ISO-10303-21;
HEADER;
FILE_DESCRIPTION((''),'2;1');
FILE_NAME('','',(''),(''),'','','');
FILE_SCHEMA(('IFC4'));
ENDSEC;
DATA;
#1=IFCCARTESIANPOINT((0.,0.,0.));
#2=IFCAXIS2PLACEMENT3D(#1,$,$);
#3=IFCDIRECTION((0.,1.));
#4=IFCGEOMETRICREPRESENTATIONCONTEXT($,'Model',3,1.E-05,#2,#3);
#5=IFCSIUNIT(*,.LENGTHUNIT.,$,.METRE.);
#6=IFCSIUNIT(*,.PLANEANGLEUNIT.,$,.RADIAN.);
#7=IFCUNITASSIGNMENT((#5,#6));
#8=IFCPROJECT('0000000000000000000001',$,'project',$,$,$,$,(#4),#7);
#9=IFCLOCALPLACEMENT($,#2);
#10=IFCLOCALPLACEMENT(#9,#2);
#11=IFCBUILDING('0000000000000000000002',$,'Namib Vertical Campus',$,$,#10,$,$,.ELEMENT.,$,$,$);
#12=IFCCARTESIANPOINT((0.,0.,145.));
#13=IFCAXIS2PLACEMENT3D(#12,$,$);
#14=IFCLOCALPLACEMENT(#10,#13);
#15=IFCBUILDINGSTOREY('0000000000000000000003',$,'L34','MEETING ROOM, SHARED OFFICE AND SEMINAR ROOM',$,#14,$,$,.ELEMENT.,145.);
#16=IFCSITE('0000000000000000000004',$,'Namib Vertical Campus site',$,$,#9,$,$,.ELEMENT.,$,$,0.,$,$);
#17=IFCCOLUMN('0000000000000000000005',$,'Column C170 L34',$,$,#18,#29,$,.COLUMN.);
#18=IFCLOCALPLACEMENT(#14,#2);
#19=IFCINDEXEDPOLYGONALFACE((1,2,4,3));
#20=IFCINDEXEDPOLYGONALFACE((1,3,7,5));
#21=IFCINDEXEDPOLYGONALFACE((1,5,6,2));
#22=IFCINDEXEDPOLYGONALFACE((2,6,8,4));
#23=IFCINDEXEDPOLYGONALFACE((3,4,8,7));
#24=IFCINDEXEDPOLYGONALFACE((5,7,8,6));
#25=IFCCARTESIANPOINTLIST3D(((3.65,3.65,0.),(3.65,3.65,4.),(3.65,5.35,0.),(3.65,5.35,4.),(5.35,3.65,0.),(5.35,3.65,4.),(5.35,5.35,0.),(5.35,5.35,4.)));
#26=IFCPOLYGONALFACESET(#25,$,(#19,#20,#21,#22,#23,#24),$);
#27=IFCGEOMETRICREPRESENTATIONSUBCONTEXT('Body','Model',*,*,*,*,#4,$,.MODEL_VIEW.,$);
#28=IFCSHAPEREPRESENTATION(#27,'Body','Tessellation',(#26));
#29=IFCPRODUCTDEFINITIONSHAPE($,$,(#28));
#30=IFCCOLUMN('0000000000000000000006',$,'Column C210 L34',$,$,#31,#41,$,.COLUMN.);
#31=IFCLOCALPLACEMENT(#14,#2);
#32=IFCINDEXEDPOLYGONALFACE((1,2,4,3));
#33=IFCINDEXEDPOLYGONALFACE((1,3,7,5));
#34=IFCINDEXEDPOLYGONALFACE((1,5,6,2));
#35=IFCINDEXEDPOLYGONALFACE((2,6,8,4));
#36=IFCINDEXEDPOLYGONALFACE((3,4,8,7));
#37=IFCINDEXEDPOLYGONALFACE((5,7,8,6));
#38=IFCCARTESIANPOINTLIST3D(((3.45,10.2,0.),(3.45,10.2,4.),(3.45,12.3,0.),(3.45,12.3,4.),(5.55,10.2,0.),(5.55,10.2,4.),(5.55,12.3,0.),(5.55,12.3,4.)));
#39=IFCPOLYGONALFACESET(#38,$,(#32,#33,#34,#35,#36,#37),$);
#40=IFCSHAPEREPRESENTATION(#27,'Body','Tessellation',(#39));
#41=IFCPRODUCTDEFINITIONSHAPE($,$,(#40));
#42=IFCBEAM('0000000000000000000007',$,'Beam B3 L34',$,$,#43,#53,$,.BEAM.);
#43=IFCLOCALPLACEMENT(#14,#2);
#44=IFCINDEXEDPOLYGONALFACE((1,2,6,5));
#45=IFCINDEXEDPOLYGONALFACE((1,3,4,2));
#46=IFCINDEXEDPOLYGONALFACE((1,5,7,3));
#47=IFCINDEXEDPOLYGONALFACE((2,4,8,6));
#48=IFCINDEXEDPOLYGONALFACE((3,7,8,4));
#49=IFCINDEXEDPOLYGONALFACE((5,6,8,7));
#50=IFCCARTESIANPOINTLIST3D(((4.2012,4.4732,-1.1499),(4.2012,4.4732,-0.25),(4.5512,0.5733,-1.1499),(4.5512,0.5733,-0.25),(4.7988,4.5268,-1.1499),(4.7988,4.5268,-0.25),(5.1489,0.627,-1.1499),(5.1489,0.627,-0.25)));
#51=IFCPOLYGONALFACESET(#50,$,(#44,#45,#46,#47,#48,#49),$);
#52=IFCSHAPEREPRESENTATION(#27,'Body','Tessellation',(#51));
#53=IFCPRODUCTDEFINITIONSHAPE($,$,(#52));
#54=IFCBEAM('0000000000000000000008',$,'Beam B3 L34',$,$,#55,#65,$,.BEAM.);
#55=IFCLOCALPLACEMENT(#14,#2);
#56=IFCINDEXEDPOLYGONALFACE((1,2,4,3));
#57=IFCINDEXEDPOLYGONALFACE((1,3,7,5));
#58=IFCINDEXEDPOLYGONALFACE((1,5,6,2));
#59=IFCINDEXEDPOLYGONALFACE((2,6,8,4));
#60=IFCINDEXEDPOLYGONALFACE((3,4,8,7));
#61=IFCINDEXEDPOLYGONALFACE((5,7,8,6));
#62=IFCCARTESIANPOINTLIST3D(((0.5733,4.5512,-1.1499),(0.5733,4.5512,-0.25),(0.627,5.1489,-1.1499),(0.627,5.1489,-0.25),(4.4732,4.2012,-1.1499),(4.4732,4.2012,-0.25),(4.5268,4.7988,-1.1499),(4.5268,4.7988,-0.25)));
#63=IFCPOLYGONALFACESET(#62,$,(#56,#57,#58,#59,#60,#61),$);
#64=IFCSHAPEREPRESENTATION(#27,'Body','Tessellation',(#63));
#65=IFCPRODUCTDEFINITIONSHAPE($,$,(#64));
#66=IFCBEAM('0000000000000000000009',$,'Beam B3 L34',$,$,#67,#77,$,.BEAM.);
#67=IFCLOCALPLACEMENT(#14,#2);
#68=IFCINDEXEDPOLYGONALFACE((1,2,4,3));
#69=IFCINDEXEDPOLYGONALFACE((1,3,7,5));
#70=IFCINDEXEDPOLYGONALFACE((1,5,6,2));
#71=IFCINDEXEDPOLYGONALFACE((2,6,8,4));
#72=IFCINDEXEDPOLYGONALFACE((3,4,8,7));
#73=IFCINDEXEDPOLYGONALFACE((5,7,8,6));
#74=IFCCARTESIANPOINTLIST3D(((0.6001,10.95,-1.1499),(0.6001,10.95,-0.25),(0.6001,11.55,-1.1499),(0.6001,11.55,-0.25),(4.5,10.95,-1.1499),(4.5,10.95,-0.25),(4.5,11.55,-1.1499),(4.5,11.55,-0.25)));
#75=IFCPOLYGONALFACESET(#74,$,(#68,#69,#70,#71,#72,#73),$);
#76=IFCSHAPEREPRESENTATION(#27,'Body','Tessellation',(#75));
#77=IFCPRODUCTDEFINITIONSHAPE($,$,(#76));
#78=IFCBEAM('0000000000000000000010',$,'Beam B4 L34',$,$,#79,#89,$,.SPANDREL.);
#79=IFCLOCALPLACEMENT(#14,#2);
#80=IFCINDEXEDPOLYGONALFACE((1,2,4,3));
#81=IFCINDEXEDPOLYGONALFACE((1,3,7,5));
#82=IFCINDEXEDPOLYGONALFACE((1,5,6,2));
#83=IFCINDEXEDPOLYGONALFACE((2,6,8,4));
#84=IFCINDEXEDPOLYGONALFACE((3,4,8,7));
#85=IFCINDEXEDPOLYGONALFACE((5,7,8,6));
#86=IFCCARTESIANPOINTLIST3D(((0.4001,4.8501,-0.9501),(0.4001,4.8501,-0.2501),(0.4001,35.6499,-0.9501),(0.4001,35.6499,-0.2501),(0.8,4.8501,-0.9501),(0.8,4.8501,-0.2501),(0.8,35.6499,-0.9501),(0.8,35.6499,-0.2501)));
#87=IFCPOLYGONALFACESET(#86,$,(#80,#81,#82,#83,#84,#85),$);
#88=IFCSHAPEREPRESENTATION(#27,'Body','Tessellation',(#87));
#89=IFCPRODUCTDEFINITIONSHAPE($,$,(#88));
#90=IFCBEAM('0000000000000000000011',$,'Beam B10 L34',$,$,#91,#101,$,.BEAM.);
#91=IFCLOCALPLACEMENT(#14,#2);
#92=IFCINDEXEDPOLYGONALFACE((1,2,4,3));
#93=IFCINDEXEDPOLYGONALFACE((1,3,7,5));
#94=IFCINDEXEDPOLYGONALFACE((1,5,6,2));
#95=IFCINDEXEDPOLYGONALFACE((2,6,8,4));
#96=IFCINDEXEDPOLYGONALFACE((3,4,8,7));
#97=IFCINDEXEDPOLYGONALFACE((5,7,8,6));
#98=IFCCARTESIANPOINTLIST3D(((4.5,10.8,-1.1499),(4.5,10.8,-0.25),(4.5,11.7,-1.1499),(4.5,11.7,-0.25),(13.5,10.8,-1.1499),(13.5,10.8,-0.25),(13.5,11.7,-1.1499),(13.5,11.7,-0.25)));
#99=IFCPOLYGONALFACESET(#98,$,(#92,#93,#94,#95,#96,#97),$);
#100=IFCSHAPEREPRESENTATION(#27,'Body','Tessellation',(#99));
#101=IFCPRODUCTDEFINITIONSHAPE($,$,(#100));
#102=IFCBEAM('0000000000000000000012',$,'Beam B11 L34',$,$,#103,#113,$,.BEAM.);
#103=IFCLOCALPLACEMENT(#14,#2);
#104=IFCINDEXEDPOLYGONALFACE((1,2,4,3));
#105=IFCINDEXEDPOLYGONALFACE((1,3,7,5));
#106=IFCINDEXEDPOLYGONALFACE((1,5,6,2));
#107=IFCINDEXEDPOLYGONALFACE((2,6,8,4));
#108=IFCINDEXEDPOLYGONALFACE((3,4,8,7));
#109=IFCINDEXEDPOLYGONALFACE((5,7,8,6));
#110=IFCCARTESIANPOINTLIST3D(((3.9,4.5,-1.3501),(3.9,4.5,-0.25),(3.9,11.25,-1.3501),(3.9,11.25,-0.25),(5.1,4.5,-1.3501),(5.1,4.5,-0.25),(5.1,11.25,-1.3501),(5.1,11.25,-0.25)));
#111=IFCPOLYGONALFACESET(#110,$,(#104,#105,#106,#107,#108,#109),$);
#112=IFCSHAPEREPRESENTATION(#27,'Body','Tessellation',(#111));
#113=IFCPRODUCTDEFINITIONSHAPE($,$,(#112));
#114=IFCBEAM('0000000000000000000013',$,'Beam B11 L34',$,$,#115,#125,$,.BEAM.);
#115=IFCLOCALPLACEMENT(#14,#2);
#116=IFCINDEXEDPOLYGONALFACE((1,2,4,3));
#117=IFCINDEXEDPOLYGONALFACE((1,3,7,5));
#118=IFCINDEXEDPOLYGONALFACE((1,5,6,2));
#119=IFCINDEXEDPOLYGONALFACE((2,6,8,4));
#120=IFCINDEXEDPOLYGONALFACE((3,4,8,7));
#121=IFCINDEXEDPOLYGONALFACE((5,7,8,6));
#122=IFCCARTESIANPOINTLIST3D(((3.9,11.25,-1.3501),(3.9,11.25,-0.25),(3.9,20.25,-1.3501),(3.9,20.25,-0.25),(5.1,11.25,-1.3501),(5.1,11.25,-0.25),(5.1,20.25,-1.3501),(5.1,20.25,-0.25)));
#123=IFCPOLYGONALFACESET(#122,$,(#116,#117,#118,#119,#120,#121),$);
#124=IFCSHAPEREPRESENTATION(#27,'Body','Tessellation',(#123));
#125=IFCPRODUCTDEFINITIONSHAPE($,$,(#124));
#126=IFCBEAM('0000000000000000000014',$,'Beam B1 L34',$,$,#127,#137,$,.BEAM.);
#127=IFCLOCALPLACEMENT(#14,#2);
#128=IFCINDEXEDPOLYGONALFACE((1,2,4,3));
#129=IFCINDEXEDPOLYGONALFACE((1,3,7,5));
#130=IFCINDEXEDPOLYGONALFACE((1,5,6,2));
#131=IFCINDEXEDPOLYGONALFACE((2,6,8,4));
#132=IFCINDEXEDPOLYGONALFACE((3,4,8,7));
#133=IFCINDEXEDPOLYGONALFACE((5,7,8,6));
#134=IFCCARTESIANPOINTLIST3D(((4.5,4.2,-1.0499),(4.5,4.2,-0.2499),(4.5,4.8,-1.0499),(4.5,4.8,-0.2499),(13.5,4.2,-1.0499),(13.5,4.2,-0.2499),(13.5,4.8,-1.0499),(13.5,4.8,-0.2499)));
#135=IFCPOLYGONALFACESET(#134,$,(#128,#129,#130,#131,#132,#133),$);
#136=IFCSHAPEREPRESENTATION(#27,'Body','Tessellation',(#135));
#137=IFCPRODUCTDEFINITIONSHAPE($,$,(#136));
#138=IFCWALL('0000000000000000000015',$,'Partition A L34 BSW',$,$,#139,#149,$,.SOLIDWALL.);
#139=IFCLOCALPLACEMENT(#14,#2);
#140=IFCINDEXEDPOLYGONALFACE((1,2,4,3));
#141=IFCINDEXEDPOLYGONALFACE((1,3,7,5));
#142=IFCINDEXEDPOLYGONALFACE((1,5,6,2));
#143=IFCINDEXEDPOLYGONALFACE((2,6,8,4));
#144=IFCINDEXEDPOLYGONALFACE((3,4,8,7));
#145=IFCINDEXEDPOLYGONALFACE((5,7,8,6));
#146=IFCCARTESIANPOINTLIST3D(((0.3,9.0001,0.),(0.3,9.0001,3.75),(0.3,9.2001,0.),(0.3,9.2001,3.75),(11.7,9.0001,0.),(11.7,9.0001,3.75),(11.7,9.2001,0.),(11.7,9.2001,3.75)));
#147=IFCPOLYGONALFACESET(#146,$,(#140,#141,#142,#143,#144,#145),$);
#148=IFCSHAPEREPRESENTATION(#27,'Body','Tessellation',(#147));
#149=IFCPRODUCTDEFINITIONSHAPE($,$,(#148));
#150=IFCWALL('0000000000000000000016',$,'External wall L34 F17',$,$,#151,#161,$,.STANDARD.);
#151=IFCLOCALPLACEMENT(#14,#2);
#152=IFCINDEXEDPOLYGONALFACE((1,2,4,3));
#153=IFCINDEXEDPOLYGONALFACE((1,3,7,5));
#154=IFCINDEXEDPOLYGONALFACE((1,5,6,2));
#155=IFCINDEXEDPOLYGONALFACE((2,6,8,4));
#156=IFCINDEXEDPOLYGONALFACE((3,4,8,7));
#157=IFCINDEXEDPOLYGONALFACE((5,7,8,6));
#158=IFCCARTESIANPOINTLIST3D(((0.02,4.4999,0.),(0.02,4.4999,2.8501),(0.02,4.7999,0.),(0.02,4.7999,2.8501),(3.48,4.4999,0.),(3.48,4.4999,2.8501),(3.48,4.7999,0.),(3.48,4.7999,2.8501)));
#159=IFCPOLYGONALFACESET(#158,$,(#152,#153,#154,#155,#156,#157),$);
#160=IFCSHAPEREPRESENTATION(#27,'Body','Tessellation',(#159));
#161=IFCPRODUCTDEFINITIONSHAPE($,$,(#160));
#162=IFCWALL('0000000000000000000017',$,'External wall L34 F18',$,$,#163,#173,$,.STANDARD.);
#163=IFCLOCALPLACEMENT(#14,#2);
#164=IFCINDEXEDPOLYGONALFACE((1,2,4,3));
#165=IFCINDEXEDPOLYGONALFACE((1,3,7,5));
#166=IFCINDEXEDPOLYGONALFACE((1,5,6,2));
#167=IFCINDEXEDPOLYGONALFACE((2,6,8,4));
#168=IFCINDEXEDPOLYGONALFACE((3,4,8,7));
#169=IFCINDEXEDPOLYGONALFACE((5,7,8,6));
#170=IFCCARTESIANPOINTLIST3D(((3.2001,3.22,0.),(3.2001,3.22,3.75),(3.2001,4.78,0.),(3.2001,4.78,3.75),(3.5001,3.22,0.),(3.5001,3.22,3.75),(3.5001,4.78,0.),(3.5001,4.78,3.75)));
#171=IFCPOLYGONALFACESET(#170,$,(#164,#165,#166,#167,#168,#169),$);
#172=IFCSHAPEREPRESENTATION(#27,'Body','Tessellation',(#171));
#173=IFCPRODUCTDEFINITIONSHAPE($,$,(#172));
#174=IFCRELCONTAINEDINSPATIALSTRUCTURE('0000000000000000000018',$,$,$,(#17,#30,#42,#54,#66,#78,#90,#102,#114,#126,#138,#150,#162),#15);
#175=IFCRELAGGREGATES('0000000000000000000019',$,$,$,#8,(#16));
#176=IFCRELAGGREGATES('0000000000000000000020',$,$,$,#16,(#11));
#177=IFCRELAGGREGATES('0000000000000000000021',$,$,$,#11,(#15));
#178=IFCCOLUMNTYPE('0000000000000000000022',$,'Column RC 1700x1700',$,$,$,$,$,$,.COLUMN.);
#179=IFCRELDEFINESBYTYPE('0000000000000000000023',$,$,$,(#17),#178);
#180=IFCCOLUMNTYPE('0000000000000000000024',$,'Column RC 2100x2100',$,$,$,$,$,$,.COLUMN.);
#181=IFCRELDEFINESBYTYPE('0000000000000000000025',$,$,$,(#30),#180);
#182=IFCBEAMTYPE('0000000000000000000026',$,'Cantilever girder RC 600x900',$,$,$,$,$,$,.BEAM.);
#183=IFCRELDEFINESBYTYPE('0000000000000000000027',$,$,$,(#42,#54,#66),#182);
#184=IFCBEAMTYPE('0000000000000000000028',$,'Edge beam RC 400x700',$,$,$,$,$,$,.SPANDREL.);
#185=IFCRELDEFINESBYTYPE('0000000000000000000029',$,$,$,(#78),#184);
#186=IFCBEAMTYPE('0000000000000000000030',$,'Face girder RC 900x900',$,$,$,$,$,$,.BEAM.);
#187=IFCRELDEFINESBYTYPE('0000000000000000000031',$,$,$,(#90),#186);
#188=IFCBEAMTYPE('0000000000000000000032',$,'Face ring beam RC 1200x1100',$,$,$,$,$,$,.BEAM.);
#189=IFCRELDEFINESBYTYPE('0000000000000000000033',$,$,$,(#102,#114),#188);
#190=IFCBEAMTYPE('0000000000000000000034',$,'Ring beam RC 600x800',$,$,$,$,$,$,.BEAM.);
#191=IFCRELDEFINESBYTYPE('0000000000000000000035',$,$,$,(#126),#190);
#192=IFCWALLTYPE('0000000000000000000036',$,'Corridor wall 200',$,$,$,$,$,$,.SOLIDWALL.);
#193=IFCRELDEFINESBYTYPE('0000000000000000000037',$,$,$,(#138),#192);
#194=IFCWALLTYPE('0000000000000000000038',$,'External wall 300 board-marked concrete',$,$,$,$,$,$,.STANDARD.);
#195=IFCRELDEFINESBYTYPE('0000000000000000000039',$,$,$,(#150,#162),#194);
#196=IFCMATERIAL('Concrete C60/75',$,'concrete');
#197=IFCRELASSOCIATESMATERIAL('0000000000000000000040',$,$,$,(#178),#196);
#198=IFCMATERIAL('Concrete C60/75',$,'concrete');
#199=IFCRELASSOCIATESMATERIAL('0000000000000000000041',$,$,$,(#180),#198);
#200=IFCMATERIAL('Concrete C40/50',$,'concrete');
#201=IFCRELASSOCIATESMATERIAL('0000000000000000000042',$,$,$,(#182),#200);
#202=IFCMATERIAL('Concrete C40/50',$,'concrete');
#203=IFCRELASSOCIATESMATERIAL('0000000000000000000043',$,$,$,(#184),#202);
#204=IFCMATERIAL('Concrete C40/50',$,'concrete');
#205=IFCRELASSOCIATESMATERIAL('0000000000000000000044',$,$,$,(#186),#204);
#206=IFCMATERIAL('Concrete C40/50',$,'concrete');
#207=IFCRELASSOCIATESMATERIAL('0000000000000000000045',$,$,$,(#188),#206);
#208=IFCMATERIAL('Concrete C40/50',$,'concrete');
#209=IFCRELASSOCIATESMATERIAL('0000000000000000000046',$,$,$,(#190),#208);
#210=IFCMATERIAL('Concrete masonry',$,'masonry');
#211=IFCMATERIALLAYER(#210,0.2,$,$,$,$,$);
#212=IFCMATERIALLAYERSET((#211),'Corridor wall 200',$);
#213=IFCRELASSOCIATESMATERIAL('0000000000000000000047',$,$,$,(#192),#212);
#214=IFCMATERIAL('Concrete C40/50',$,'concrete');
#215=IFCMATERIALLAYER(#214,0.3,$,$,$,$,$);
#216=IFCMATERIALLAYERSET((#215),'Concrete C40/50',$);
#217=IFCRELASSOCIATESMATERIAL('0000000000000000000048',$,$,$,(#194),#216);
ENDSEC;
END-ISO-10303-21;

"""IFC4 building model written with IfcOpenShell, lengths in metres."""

from ifc_helpers import new_model, si_unit, direction, frame, frame_2d, origin, origin_2d, place, context, subcontext, project, spatial, rectangle, extrude, material, layer, layer_set, material_profile, profile_set, type_object, element, save


model = new_model("IFC4")

# Units and contexts
model_context = context("Model", 3, precision=1e-05, world=origin(), true_north=direction((0.0, 1.0)))
body_context = subcontext(model_context, "Body", "Model", "MODEL_VIEW")
ifc_project = project(units=[si_unit("LENGTHUNIT", "METRE"), si_unit("PLANEANGLEUNIT", "RADIAN")], contexts=[model_context])

# Site, building, storey
site_placement = place(None, origin())
site = spatial("IfcSite", under=ifc_project, at=site_placement, Name="Namib Vertical Campus site", CompositionType="ELEMENT", RefElevation=0.0)
building_placement = place(site_placement, origin())
building = spatial("IfcBuilding", under=site, at=building_placement, Name="Namib Vertical Campus", CompositionType="ELEMENT")
storey_placement = place(building_placement, frame((0.0, 0.0, 145.0)))
storey = spatial("IfcBuildingStorey", under=building, at=storey_placement, Name="L34", Description="MEETING ROOM, SHARED OFFICE AND SEMINAR ROOM", CompositionType="ELEMENT", Elevation=145.0)

# Columns
ifc_material_1 = material(Name="Concrete C60/75", Category="concrete")
ifc_material_profile_1 = material_profile(ifc_material_1, rectangle(XDim=1.7, YDim=1.7, at=origin_2d()))
ifc_profile_set_1 = profile_set([ifc_material_profile_1], Name="Concrete C60/75")
column_type_1 = type_object("IfcColumnType", Name="Column RC 1700x1700", PredefinedType="COLUMN", material=ifc_profile_set_1)
column_1_placement = place(storey_placement, frame((4.5, 4.5, 0.0), z_axis=(0.0, 0.0, 1.0), x_axis=(1.0, 0.0, 0.0)))
element("IfcColumn", 1, at=column_1_placement, inside=storey, type_object=column_type_1, Name="Column C170 L34", PredefinedType="COLUMN", context=body_context, shape_type="SweptSolid", body=[
    extrude(rectangle(XDim=1.7, YDim=1.7, at=origin_2d()), origin(), (0.0, 0.0, 1.0), 4.0),
])
ifc_material_2 = material(Name="Concrete C60/75", Category="concrete")
ifc_material_profile_2 = material_profile(ifc_material_2, rectangle(XDim=2.1001, YDim=2.1001, at=origin_2d()))
ifc_profile_set_2 = profile_set([ifc_material_profile_2], Name="Concrete C60/75")
column_type_2 = type_object("IfcColumnType", Name="Column RC 2100x2100", PredefinedType="COLUMN", material=ifc_profile_set_2)
column_2_placement = place(storey_placement, frame((4.5, 11.25, 0.0), z_axis=(0.0, 0.0, 1.0), x_axis=(1.0, 0.0, 0.0)))
element("IfcColumn", 2, at=column_2_placement, inside=storey, type_object=column_type_2, Name="Column C210 L34", PredefinedType="COLUMN", context=body_context, shape_type="SweptSolid", body=[
    extrude(rectangle(XDim=2.1001, YDim=2.1001, at=origin_2d()), origin(), (0.0, 0.0, 1.0), 4.0),
])

# Beams
ifc_material_3 = material(Name="Concrete C40/50", Category="concrete")
ifc_material_profile_3 = material_profile(ifc_material_3, rectangle(XDim=0.6001, YDim=0.8999, at=origin_2d()))
ifc_profile_set_3 = profile_set([ifc_material_profile_3], Name="Concrete C40/50")
beam_type_1 = type_object("IfcBeamType", Name="Cantilever girder RC 600x900", PredefinedType="BEAM", material=ifc_profile_set_3)
for number, where, z_axis, x_axis, name in (
    (3, (4.5, 4.5, -0.7), (0.089411, -0.995995, 0.0), (0.995995, 0.089411, 0.0), "Beam B3 L34"),
    (4, (4.5, 4.5, -0.7), (-0.995995, 0.089411, 0.0), (-0.089411, -0.995995, 0.0), "Beam B3 L34"),
):
    element("IfcBeam", number, at=place(storey_placement, frame(where, z_axis=z_axis, x_axis=x_axis)), inside=storey, type_object=beam_type_1, Name=name, PredefinedType="BEAM", context=body_context, shape_type="SweptSolid", body=[
        extrude(rectangle(XDim=0.6001, YDim=0.8999, at=origin_2d()), origin(), (0.0, 0.0, 1.0), 3.9155),
    ])
beam_1_placement = place(storey_placement, frame((4.5, 11.25, -0.7), z_axis=(-1.0, 0.0, 0.0), x_axis=(0.0, -1.0, 0.0)))
element("IfcBeam", 5, at=beam_1_placement, inside=storey, type_object=beam_type_1, Name="Beam B3 L34", PredefinedType="BEAM", context=body_context, shape_type="SweptSolid", body=[
    extrude(rectangle(XDim=0.6001, YDim=0.8999, at=origin_2d()), origin(), (0.0, 0.0, 1.0), 3.8999),
])
ifc_material_4 = material(Name="Concrete C40/50", Category="concrete")
ifc_material_profile_4 = material_profile(ifc_material_4, rectangle(XDim=0.3999, YDim=0.7, at=origin_2d()))
ifc_profile_set_4 = profile_set([ifc_material_profile_4], Name="Concrete C40/50")
beam_type_2 = type_object("IfcBeamType", Name="Edge beam RC 400x700", PredefinedType="SPANDREL", material=ifc_profile_set_4)
beam_2_placement = place(storey_placement, frame((0.6001, 4.8501, -0.6001), z_axis=(0.0, 1.0, 0.0), x_axis=(-1.0, 0.0, 0.0)))
element("IfcBeam", 6, at=beam_2_placement, inside=storey, type_object=beam_type_2, Name="Beam B4 L34", PredefinedType="SPANDREL", context=body_context, shape_type="SweptSolid", body=[
    extrude(rectangle(XDim=0.3999, YDim=0.7, at=origin_2d()), origin(), (0.0, 0.0, 1.0), 30.7998),
])
ifc_material_5 = material(Name="Concrete C40/50", Category="concrete")
ifc_material_profile_5 = material_profile(ifc_material_5, rectangle(XDim=0.8999, YDim=0.8999, at=origin_2d()))
ifc_profile_set_5 = profile_set([ifc_material_profile_5], Name="Concrete C40/50")
beam_type_3 = type_object("IfcBeamType", Name="Face girder RC 900x900", PredefinedType="BEAM", material=ifc_profile_set_5)
beam_3_placement = place(storey_placement, frame((4.5, 11.25, -0.7), z_axis=(1.0, 0.0, 0.0), x_axis=(0.0, 1.0, 0.0)))
element("IfcBeam", 7, at=beam_3_placement, inside=storey, type_object=beam_type_3, Name="Beam B10 L34", PredefinedType="BEAM", context=body_context, shape_type="SweptSolid", body=[
    extrude(rectangle(XDim=0.8999, YDim=0.8999, at=origin_2d()), origin(), (0.0, 0.0, 1.0), 9.0),
])
ifc_material_6 = material(Name="Concrete C40/50", Category="concrete")
ifc_material_profile_6 = material_profile(ifc_material_6, rectangle(XDim=1.2, YDim=1.1001, at=origin_2d()))
ifc_profile_set_6 = profile_set([ifc_material_profile_6], Name="Concrete C40/50")
beam_type_4 = type_object("IfcBeamType", Name="Face ring beam RC 1200x1100", PredefinedType="BEAM", material=ifc_profile_set_6)
beam_4_placement = place(storey_placement, frame((4.5, 4.5, -0.8), z_axis=(0.0, 1.0, 0.0), x_axis=(-1.0, 0.0, 0.0)))
element("IfcBeam", 8, at=beam_4_placement, inside=storey, type_object=beam_type_4, Name="Beam B11 L34", PredefinedType="BEAM", context=body_context, shape_type="SweptSolid", body=[
    extrude(rectangle(XDim=1.2, YDim=1.1001, at=origin_2d()), origin(), (0.0, 0.0, 1.0), 6.75),
])
beam_5_placement = place(storey_placement, frame((4.5, 11.25, -0.8), z_axis=(0.0, 1.0, 0.0), x_axis=(-1.0, 0.0, 0.0)))
element("IfcBeam", 9, at=beam_5_placement, inside=storey, type_object=beam_type_4, Name="Beam B11 L34", PredefinedType="BEAM", context=body_context, shape_type="SweptSolid", body=[
    extrude(rectangle(XDim=1.2, YDim=1.1001, at=origin_2d()), origin(), (0.0, 0.0, 1.0), 9.0),
])
ifc_material_7 = material(Name="Concrete C40/50", Category="concrete")
ifc_material_profile_7 = material_profile(ifc_material_7, rectangle(XDim=0.6001, YDim=0.8, at=origin_2d()))
ifc_profile_set_7 = profile_set([ifc_material_profile_7], Name="Concrete C40/50")
beam_type_5 = type_object("IfcBeamType", Name="Ring beam RC 600x800", PredefinedType="BEAM", material=ifc_profile_set_7)
beam_6_placement = place(storey_placement, frame((4.5, 4.5, -0.6499), z_axis=(1.0, 0.0, 0.0), x_axis=(0.0, 1.0, 0.0)))
element("IfcBeam", 10, at=beam_6_placement, inside=storey, type_object=beam_type_5, Name="Beam B1 L34", PredefinedType="BEAM", context=body_context, shape_type="SweptSolid", body=[
    extrude(rectangle(XDim=0.6001, YDim=0.8, at=origin_2d()), origin(), (0.0, 0.0, 1.0), 9.0),
])

# Walls
ifc_material_8 = material(Name="Concrete masonry", Category="masonry")
ifc_layer_1 = layer(ifc_material_8, 0.2)
ifc_layer_set_1 = layer_set([ifc_layer_1], Name="Corridor wall 200")
wall_type_1 = type_object("IfcWallType", Name="Corridor wall 200", PredefinedType="SOLIDWALL", material=ifc_layer_set_1)
wall_1_placement = place(storey_placement, frame((0.3, 9.1001, 0.0), z_axis=(0.0, 0.0, 1.0), x_axis=(1.0, 0.0, 0.0)))
element("IfcWall", 11, at=wall_1_placement, inside=storey, type_object=wall_type_1, Name="Partition A L34 BSW", PredefinedType="SOLIDWALL", context=body_context, shape_type="SweptSolid", body=[
    extrude(rectangle(XDim=11.3999, YDim=0.2, at=frame_2d((5.7, 0.0))), origin(), (0.0, 0.0, 1.0), 3.75),
])
ifc_material_9 = material(Name="Concrete C40/50", Category="concrete")
ifc_layer_2 = layer(ifc_material_9, 0.3)
ifc_layer_set_2 = layer_set([ifc_layer_2], Name="Concrete C40/50")
wall_type_2 = type_object("IfcWallType", Name="External wall 300 board-marked concrete", PredefinedType="STANDARD", material=ifc_layer_set_2)
wall_2_placement = place(storey_placement, frame((0.02, 4.6499, 0.0), z_axis=(0.0, 0.0, 1.0), x_axis=(1.0, 0.0, 0.0)))
element("IfcWall", 12, at=wall_2_placement, inside=storey, type_object=wall_type_2, Name="External wall L34 F17", PredefinedType="STANDARD", context=body_context, shape_type="SweptSolid", body=[
    extrude(rectangle(XDim=3.46, YDim=0.3, at=frame_2d((1.73, 0.0))), origin(), (0.0, 0.0, 1.0), 2.8501),
])
for number, where, z_axis, x_axis, name in (
    (13, (3.3501, 4.78, 0.0), (0.0, 0.0, 1.0), (0.0, -1.0, 0.0), "External wall L34 F18"),
):
    element("IfcWall", number, at=place(storey_placement, frame(where, z_axis=z_axis, x_axis=x_axis)), inside=storey, type_object=wall_type_2, Name=name, PredefinedType="STANDARD", context=body_context, shape_type="SweptSolid", body=[
        extrude(rectangle(XDim=1.5601, YDim=0.3, at=frame_2d((0.78, 0.0))), origin(), (0.0, 0.0, 1.0), 3.75),
    ])

save(model, "model.ifc")
